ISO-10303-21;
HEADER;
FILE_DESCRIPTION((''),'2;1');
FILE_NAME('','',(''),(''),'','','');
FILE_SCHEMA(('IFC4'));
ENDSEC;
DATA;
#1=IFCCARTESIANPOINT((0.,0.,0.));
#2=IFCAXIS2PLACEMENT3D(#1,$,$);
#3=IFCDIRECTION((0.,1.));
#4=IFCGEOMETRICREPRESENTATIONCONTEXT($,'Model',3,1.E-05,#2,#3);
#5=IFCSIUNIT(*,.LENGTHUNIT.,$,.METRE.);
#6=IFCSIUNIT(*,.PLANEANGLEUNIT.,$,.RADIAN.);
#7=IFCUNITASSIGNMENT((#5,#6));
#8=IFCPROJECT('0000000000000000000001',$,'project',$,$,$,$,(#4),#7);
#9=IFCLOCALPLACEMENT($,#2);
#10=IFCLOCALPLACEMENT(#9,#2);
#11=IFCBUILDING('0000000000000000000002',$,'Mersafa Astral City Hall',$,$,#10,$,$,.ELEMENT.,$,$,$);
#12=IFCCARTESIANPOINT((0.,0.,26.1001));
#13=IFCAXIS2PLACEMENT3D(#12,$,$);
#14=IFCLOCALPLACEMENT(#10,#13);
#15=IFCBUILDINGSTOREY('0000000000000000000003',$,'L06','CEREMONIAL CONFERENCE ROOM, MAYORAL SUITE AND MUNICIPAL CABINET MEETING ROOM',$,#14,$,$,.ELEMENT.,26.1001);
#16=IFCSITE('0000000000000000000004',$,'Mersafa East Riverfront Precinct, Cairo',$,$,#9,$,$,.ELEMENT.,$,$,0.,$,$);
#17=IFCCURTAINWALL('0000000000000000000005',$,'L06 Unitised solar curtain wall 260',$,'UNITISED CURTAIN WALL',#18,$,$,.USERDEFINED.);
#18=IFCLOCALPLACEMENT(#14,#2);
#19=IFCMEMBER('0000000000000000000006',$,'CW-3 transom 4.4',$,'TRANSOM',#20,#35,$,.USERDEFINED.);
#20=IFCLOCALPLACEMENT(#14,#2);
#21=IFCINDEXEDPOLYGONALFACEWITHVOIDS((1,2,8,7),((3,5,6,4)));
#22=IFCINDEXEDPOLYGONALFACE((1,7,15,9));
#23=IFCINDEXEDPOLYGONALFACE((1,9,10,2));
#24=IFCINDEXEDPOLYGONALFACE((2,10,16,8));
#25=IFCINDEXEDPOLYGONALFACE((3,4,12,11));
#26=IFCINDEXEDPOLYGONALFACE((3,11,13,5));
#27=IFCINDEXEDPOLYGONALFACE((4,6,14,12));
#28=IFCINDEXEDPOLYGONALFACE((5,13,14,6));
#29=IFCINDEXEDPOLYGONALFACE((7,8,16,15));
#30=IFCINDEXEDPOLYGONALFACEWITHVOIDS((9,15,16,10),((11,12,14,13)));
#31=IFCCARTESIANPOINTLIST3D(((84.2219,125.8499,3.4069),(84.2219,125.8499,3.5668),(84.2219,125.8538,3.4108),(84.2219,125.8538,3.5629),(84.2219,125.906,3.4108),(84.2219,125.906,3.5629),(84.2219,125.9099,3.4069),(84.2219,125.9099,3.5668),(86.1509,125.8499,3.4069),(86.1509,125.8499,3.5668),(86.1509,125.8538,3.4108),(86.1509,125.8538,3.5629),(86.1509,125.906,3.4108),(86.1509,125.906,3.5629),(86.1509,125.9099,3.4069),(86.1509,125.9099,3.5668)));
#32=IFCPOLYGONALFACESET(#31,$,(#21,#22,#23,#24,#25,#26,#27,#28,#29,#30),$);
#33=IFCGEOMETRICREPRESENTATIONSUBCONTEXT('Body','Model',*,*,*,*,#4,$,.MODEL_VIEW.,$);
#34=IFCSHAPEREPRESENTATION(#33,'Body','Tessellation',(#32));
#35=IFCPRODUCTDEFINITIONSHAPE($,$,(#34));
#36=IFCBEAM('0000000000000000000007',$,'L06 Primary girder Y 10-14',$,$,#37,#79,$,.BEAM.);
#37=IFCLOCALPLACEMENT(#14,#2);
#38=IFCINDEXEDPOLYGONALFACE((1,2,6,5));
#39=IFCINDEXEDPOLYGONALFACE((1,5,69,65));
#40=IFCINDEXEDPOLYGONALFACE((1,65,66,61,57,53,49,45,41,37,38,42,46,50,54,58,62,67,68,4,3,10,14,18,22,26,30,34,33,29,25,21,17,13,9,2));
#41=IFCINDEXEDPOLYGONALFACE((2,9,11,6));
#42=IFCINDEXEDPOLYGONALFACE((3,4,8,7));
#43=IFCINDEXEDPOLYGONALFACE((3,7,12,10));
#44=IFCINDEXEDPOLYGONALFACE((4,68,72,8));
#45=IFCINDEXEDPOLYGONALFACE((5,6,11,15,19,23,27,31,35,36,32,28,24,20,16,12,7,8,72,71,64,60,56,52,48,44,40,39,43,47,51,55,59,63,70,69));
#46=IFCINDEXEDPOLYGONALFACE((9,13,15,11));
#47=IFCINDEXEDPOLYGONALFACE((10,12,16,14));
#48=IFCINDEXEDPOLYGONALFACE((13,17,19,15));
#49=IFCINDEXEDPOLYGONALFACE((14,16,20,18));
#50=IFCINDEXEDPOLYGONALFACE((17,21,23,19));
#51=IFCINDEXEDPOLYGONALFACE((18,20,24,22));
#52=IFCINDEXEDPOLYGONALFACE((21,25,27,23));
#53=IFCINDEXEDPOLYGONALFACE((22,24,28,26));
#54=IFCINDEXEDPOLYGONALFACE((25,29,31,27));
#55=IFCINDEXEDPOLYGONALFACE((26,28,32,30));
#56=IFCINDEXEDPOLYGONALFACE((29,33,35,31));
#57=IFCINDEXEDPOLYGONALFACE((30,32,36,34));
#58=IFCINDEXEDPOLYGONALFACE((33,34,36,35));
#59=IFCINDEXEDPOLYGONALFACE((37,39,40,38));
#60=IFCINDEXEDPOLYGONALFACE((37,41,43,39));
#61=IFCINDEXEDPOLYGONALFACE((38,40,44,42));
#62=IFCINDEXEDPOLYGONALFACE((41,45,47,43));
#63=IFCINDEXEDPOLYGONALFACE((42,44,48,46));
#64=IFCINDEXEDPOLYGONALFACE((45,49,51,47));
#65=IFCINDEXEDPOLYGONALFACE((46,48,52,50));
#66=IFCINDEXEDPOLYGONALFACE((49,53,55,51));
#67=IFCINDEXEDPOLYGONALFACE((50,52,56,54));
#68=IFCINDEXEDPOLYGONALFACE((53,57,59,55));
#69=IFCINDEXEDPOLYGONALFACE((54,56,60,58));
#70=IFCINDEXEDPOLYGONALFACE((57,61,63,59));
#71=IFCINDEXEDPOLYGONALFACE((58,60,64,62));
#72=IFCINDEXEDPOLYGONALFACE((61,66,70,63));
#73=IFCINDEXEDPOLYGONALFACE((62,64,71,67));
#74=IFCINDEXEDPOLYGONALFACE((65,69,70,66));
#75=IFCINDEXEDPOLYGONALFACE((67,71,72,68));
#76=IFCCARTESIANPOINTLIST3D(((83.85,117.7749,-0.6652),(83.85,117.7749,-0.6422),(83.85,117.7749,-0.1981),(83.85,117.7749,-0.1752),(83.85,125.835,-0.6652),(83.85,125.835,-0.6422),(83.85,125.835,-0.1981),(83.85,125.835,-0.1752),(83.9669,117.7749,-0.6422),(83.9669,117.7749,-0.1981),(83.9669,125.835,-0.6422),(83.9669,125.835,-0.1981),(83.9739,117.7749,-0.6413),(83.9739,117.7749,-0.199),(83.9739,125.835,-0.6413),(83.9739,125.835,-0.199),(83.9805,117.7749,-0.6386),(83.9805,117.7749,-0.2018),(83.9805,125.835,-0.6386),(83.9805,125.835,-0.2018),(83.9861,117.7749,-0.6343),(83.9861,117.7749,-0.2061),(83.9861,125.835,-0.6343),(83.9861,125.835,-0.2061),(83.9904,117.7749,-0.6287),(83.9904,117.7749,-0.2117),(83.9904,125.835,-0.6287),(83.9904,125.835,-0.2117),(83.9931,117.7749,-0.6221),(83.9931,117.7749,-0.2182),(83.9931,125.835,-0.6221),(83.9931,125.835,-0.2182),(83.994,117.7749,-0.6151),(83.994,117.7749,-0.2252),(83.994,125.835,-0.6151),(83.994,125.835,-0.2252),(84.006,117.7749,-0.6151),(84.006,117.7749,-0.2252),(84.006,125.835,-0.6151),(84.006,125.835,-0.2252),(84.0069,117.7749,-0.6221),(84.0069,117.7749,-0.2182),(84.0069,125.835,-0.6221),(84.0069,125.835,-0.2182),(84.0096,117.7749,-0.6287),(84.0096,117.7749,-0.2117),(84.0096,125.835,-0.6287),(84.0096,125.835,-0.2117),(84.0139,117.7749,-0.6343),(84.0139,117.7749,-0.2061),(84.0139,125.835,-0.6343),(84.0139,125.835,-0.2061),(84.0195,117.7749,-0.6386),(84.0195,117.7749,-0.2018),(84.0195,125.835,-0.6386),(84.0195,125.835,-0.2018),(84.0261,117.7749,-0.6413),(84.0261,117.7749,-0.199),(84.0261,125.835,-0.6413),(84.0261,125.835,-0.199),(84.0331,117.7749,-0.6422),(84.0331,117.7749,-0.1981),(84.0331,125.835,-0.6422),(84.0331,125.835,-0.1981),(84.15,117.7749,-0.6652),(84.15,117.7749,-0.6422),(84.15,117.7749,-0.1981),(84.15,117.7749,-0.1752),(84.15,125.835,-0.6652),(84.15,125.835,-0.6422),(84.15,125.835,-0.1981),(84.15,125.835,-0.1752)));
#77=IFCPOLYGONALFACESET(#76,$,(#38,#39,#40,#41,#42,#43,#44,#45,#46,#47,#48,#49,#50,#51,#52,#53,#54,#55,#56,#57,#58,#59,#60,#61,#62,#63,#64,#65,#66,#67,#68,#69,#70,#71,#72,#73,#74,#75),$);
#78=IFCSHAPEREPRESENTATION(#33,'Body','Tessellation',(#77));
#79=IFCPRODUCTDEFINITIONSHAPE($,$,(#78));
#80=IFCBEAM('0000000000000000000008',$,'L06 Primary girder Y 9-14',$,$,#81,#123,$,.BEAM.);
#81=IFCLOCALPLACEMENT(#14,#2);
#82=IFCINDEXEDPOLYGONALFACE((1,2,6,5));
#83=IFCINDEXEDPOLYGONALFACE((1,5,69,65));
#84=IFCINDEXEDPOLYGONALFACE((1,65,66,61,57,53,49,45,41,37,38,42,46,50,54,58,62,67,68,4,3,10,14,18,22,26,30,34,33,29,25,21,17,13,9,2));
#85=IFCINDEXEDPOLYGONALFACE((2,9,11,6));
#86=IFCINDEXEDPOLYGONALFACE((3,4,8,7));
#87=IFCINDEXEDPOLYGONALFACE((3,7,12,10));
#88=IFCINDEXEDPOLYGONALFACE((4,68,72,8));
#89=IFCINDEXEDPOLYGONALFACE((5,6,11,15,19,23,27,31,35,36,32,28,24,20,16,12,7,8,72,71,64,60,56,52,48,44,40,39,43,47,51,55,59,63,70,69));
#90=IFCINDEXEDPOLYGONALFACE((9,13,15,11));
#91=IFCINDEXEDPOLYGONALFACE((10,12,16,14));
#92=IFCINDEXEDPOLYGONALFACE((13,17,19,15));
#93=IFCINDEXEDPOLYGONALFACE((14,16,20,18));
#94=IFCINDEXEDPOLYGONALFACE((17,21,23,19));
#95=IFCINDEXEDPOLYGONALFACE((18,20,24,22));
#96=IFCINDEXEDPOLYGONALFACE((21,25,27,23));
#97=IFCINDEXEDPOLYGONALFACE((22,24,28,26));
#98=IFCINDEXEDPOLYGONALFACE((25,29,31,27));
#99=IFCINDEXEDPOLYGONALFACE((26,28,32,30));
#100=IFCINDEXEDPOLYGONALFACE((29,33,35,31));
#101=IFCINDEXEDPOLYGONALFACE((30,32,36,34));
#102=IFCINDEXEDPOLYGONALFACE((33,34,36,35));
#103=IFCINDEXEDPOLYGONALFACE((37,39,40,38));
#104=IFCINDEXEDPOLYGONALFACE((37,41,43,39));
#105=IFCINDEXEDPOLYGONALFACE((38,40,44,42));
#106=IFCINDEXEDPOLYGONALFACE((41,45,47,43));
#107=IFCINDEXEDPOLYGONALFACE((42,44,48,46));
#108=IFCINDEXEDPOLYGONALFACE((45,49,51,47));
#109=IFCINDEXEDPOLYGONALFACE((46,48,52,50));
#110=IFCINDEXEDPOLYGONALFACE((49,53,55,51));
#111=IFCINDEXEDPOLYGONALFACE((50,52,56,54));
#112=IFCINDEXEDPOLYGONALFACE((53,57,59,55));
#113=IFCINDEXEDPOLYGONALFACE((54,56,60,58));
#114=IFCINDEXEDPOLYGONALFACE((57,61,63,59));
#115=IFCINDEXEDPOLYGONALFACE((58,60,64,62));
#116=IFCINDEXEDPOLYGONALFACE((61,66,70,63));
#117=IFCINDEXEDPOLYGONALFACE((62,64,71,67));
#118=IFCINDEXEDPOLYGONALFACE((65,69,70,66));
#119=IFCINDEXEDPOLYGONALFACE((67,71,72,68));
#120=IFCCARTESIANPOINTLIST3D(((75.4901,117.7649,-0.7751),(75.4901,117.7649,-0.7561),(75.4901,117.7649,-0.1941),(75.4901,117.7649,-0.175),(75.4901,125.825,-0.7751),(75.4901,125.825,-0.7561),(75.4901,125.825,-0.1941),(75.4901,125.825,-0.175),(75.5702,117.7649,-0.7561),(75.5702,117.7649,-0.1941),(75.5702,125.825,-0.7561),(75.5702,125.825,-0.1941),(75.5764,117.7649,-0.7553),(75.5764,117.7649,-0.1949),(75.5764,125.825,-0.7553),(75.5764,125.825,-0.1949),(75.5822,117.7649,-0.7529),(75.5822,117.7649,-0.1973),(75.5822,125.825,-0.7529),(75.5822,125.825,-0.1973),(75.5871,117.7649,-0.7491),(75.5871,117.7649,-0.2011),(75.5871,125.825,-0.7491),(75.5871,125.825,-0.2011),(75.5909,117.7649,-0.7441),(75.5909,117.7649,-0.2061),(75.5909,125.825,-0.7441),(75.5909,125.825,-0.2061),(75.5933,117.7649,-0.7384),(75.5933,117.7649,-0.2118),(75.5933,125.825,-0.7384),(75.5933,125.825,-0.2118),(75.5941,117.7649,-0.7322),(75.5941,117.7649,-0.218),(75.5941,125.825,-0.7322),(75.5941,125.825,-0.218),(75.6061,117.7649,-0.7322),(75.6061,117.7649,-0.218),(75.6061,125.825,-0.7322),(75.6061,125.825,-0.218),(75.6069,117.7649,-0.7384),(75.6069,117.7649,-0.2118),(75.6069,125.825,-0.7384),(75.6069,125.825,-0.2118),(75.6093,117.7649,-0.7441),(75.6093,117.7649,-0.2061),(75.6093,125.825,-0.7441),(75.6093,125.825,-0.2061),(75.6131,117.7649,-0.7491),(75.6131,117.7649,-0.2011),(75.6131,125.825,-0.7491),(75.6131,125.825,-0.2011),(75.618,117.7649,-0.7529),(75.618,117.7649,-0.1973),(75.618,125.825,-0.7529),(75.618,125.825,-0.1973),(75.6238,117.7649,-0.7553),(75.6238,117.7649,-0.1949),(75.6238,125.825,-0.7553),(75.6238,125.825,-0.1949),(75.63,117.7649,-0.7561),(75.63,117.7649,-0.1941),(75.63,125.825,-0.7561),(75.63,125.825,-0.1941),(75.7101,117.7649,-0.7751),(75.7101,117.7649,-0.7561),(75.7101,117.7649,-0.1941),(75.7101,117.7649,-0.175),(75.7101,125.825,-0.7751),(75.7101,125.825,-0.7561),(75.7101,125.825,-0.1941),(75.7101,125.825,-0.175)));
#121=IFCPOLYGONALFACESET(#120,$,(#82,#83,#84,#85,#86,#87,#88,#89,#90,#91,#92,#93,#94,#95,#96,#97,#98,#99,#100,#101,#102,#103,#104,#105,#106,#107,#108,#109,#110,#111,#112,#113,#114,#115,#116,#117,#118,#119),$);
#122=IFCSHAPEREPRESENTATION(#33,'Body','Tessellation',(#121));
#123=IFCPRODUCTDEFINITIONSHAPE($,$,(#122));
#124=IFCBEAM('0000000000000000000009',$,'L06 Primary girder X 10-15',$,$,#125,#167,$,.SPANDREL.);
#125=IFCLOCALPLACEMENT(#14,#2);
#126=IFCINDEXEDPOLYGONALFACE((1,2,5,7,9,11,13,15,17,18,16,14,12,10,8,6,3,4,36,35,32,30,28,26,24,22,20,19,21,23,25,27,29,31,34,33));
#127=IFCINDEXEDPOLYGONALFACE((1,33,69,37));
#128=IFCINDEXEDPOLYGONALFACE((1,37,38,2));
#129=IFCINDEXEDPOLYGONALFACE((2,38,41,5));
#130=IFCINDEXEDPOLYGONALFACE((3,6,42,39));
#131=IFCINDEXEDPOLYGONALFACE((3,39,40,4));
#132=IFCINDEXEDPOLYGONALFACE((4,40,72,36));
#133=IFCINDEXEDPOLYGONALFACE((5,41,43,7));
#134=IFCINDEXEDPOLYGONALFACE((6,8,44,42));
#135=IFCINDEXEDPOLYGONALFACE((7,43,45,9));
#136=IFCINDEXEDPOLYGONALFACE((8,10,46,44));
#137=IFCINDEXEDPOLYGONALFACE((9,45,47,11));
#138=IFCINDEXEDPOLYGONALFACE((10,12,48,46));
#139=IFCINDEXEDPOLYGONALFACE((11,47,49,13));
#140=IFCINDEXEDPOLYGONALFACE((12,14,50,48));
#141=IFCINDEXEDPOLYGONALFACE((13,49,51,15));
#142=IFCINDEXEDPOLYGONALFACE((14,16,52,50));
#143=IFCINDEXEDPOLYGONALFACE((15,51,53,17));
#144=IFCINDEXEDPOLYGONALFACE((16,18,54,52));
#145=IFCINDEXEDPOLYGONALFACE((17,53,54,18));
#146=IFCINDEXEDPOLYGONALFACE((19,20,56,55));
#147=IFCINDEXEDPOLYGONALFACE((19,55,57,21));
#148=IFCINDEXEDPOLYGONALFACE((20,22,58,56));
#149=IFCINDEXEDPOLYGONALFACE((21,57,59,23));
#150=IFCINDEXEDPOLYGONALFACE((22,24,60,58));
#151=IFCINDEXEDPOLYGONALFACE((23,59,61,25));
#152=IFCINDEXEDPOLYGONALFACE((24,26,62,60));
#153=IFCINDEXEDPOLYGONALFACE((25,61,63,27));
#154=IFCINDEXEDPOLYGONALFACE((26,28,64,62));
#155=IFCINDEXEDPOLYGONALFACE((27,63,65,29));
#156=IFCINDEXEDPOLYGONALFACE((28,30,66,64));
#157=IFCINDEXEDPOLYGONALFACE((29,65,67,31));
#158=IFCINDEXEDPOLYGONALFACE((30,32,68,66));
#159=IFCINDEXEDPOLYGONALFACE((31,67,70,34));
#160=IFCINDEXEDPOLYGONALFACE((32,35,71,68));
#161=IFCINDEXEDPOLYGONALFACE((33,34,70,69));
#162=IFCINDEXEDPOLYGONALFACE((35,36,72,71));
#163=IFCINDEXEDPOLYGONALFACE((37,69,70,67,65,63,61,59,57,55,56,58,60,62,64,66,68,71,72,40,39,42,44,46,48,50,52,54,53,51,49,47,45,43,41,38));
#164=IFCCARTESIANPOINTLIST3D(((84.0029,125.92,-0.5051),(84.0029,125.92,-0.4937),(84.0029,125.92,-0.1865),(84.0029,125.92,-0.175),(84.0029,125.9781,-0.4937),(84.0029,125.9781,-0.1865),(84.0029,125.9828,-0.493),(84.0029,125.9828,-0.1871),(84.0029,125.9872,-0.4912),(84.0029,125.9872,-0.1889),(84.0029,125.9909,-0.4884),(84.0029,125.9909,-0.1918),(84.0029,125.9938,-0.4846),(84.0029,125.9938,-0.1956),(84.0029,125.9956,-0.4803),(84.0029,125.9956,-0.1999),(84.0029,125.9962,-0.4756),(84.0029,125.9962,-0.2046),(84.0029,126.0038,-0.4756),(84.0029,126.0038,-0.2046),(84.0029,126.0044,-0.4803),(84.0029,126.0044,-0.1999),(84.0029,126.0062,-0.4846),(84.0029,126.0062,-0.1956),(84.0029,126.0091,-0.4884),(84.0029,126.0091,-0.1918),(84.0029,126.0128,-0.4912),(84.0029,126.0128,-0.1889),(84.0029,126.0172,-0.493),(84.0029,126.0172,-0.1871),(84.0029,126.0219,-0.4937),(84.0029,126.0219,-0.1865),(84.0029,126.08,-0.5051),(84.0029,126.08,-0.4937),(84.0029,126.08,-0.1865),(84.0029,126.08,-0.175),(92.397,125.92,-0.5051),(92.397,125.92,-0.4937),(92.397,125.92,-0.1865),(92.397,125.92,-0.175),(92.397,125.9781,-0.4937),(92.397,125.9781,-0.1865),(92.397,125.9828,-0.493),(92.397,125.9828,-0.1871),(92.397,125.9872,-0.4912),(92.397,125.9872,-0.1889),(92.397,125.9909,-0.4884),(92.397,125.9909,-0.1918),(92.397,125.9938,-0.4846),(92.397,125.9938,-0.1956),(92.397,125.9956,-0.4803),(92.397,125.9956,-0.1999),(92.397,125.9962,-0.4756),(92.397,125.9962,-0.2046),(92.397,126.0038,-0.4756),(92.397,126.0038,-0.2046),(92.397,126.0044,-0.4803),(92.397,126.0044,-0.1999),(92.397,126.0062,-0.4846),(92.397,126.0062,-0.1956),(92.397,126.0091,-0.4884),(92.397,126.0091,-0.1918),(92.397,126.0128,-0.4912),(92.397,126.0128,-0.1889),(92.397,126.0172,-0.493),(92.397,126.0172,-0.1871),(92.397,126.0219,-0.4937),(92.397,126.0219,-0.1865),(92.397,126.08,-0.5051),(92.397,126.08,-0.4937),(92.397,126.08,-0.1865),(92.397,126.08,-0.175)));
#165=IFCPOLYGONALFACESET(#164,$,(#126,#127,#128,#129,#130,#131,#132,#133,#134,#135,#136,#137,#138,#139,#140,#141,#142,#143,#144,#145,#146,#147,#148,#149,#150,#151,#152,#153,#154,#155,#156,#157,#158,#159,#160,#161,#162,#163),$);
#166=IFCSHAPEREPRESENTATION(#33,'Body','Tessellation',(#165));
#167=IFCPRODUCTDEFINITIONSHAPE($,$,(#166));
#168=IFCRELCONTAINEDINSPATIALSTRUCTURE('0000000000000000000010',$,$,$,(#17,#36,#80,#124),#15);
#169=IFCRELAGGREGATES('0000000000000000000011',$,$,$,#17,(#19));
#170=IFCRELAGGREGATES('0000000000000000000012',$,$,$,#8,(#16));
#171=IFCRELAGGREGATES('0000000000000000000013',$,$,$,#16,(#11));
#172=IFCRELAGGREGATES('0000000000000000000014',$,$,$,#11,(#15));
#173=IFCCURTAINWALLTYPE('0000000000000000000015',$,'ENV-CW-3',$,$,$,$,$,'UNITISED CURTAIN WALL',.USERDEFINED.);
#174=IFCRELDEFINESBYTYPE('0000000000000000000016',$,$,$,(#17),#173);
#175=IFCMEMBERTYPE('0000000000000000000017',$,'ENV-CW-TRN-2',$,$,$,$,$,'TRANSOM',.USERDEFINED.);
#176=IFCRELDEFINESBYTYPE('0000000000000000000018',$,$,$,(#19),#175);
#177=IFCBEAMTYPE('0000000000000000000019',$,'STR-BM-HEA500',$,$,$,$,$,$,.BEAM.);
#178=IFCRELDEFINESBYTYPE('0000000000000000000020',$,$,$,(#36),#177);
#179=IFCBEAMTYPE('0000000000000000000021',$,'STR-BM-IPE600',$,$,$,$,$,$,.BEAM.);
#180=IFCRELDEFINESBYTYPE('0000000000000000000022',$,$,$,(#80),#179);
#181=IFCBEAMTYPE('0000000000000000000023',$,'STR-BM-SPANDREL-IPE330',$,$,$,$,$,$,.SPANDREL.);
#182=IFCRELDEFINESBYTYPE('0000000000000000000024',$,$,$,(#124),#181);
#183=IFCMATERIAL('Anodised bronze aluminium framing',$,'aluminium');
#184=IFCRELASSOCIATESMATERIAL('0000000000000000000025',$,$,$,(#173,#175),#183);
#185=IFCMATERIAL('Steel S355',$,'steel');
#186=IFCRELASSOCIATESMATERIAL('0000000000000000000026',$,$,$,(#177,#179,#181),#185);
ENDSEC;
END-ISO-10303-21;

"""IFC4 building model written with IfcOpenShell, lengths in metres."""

from ifc_helpers import new_model, si_unit, direction, frame, origin, origin_2d, place, context, subcontext, project, spatial, hollow_rectangle, i_section, extrude, material, material_profile, profile_set, type_object, element, aggregate, save


model = new_model("IFC4")

# Units and contexts
model_context = context("Model", 3, precision=1e-05, world=origin(), true_north=direction((0.0, 1.0)))
body_context = subcontext(model_context, "Body", "Model", "MODEL_VIEW")
ifc_project = project(units=[si_unit("LENGTHUNIT", "METRE"), si_unit("PLANEANGLEUNIT", "RADIAN")], contexts=[model_context])

# Site, building, storey
site_placement = place(None, origin())
site = spatial("IfcSite", under=ifc_project, at=site_placement, Name="Mersafa East Riverfront Precinct, Cairo", CompositionType="ELEMENT", RefElevation=0.0)
building_placement = place(site_placement, origin())
building = spatial("IfcBuilding", under=site, at=building_placement, Name="Mersafa Astral City Hall", CompositionType="ELEMENT")
storey_placement = place(building_placement, frame((0.0, 0.0, 26.1001)))
storey = spatial("IfcBuildingStorey", under=building, at=storey_placement, Name="L06", Description="CEREMONIAL CONFERENCE ROOM, MAYORAL SUITE AND MUNICIPAL CABINET MEETING ROOM", CompositionType="ELEMENT", Elevation=26.1001)

# Shared definitions
ifc_material_1 = material(Name="Steel S355", Category="steel")

# Curtain wall, member
ifc_material_2 = material(Name="Anodised bronze aluminium framing", Category="aluminium")
curtain_wall_type = type_object("IfcCurtainWallType", Name="ENV-CW-3", ElementType="UNITISED CURTAIN WALL", PredefinedType="USERDEFINED", material=ifc_material_2)
curtain_wall_placement = place(storey_placement, origin())
curtain_wall = element("IfcCurtainWall", 1, at=curtain_wall_placement, inside=storey, type_object=curtain_wall_type, Name="L06 Unitised solar curtain wall 260", ObjectType="UNITISED CURTAIN WALL", PredefinedType="USERDEFINED")
ifc_material_profile_1 = material_profile(ifc_material_2, hollow_rectangle(XDim=0.0601, YDim=0.1599, WallThickness=0.0039, at=origin_2d()), Name="RHS 60x160x4")
ifc_profile_set_1 = profile_set([ifc_material_profile_1], Name="Anodised bronze aluminium framing")
member_type_1 = type_object("IfcMemberType", Name="ENV-CW-TRN-2", ElementType="TRANSOM", PredefinedType="USERDEFINED", material=ifc_profile_set_1)
member_1_placement = place(storey_placement, frame((86.1509, 125.8799, 3.4868), z_axis=(-1.0, 0.0, 0.0), x_axis=(0.0, -1.0, 0.0)))
member_1 = element("IfcMember", 2, at=member_1_placement, type_object=member_type_1, Name="CW-3 transom 4.4", ObjectType="TRANSOM", PredefinedType="USERDEFINED", context=body_context, shape_type="SweptSolid", body=[
    extrude(hollow_rectangle(XDim=0.0601, YDim=0.1599, WallThickness=0.0039, at=origin_2d()), origin(), (0.0, 0.0, 1.0), 1.929),
])

# Beams
ifc_material_profile_2 = material_profile(ifc_material_1, i_section(OverallWidth=0.3, OverallDepth=0.49, WebThickness=0.012, FlangeThickness=0.0229, FilletRadius=0.0271, at=origin_2d()), Name="HEA 500")
ifc_profile_set_2 = profile_set([ifc_material_profile_2], Name="Steel S355")
beam_type_1 = type_object("IfcBeamType", Name="STR-BM-HEA500", PredefinedType="BEAM", material=ifc_profile_set_2)
beam_1_placement = place(storey_placement, frame((84.0, 117.7749, -0.4202), z_axis=(0.0, 1.0, 0.0), x_axis=(-1.0, 0.0, 0.0)))
element("IfcBeam", 3, at=beam_1_placement, inside=storey, type_object=beam_type_1, Name="L06 Primary girder Y 10-14", PredefinedType="BEAM", context=body_context, shape_type="SweptSolid", body=[
    extrude(i_section(OverallWidth=0.3, OverallDepth=0.49, WebThickness=0.012, FlangeThickness=0.0229, FilletRadius=0.0271, at=origin_2d()), origin(), (0.0, 0.0, 1.0), 8.0601),
])
ifc_material_profile_3 = material_profile(ifc_material_1, i_section(OverallWidth=0.22, OverallDepth=0.6001, WebThickness=0.012, FlangeThickness=0.019, FilletRadius=0.0239, at=origin_2d()), Name="IPE 600")
ifc_profile_set_3 = profile_set([ifc_material_profile_3], Name="Steel S355")
beam_type_2 = type_object("IfcBeamType", Name="STR-BM-IPE600", PredefinedType="BEAM", material=ifc_profile_set_3)
beam_2_placement = place(storey_placement, frame((75.6001, 117.7649, -0.4751), z_axis=(0.0, 1.0, 0.0), x_axis=(-1.0, 0.0, 0.0)))
element("IfcBeam", 4, at=beam_2_placement, inside=storey, type_object=beam_type_2, Name="L06 Primary girder Y 9-14", PredefinedType="BEAM", context=body_context, shape_type="SweptSolid", body=[
    extrude(i_section(OverallWidth=0.22, OverallDepth=0.6001, WebThickness=0.012, FlangeThickness=0.019, FilletRadius=0.0239, at=origin_2d()), origin(), (0.0, 0.0, 1.0), 8.0601),
])
ifc_material_profile_4 = material_profile(ifc_material_1, i_section(OverallWidth=0.1599, OverallDepth=0.3301, WebThickness=0.0076, FlangeThickness=0.0115, FilletRadius=0.0181, at=origin_2d()), Name="IPE 330")
ifc_profile_set_4 = profile_set([ifc_material_profile_4], Name="Steel S355")
beam_type_3 = type_object("IfcBeamType", Name="STR-BM-SPANDREL-IPE330", PredefinedType="SPANDREL", material=ifc_profile_set_4)
beam_3_placement = place(storey_placement, frame((84.0029, 126.0, -0.3401), z_axis=(1.0, 0.0, 0.0), x_axis=(0.0, 1.0, 0.0)))
element("IfcBeam", 5, at=beam_3_placement, inside=storey, type_object=beam_type_3, Name="L06 Primary girder X 10-15", PredefinedType="SPANDREL", context=body_context, shape_type="SweptSolid", body=[
    extrude(i_section(OverallWidth=0.1599, OverallDepth=0.3301, WebThickness=0.0076, FlangeThickness=0.0115, FilletRadius=0.0181, at=origin_2d()), origin(), (0.0, 0.0, 1.0), 8.394),
])

aggregate(curtain_wall, [member_1])

save(model, "model.ifc")
